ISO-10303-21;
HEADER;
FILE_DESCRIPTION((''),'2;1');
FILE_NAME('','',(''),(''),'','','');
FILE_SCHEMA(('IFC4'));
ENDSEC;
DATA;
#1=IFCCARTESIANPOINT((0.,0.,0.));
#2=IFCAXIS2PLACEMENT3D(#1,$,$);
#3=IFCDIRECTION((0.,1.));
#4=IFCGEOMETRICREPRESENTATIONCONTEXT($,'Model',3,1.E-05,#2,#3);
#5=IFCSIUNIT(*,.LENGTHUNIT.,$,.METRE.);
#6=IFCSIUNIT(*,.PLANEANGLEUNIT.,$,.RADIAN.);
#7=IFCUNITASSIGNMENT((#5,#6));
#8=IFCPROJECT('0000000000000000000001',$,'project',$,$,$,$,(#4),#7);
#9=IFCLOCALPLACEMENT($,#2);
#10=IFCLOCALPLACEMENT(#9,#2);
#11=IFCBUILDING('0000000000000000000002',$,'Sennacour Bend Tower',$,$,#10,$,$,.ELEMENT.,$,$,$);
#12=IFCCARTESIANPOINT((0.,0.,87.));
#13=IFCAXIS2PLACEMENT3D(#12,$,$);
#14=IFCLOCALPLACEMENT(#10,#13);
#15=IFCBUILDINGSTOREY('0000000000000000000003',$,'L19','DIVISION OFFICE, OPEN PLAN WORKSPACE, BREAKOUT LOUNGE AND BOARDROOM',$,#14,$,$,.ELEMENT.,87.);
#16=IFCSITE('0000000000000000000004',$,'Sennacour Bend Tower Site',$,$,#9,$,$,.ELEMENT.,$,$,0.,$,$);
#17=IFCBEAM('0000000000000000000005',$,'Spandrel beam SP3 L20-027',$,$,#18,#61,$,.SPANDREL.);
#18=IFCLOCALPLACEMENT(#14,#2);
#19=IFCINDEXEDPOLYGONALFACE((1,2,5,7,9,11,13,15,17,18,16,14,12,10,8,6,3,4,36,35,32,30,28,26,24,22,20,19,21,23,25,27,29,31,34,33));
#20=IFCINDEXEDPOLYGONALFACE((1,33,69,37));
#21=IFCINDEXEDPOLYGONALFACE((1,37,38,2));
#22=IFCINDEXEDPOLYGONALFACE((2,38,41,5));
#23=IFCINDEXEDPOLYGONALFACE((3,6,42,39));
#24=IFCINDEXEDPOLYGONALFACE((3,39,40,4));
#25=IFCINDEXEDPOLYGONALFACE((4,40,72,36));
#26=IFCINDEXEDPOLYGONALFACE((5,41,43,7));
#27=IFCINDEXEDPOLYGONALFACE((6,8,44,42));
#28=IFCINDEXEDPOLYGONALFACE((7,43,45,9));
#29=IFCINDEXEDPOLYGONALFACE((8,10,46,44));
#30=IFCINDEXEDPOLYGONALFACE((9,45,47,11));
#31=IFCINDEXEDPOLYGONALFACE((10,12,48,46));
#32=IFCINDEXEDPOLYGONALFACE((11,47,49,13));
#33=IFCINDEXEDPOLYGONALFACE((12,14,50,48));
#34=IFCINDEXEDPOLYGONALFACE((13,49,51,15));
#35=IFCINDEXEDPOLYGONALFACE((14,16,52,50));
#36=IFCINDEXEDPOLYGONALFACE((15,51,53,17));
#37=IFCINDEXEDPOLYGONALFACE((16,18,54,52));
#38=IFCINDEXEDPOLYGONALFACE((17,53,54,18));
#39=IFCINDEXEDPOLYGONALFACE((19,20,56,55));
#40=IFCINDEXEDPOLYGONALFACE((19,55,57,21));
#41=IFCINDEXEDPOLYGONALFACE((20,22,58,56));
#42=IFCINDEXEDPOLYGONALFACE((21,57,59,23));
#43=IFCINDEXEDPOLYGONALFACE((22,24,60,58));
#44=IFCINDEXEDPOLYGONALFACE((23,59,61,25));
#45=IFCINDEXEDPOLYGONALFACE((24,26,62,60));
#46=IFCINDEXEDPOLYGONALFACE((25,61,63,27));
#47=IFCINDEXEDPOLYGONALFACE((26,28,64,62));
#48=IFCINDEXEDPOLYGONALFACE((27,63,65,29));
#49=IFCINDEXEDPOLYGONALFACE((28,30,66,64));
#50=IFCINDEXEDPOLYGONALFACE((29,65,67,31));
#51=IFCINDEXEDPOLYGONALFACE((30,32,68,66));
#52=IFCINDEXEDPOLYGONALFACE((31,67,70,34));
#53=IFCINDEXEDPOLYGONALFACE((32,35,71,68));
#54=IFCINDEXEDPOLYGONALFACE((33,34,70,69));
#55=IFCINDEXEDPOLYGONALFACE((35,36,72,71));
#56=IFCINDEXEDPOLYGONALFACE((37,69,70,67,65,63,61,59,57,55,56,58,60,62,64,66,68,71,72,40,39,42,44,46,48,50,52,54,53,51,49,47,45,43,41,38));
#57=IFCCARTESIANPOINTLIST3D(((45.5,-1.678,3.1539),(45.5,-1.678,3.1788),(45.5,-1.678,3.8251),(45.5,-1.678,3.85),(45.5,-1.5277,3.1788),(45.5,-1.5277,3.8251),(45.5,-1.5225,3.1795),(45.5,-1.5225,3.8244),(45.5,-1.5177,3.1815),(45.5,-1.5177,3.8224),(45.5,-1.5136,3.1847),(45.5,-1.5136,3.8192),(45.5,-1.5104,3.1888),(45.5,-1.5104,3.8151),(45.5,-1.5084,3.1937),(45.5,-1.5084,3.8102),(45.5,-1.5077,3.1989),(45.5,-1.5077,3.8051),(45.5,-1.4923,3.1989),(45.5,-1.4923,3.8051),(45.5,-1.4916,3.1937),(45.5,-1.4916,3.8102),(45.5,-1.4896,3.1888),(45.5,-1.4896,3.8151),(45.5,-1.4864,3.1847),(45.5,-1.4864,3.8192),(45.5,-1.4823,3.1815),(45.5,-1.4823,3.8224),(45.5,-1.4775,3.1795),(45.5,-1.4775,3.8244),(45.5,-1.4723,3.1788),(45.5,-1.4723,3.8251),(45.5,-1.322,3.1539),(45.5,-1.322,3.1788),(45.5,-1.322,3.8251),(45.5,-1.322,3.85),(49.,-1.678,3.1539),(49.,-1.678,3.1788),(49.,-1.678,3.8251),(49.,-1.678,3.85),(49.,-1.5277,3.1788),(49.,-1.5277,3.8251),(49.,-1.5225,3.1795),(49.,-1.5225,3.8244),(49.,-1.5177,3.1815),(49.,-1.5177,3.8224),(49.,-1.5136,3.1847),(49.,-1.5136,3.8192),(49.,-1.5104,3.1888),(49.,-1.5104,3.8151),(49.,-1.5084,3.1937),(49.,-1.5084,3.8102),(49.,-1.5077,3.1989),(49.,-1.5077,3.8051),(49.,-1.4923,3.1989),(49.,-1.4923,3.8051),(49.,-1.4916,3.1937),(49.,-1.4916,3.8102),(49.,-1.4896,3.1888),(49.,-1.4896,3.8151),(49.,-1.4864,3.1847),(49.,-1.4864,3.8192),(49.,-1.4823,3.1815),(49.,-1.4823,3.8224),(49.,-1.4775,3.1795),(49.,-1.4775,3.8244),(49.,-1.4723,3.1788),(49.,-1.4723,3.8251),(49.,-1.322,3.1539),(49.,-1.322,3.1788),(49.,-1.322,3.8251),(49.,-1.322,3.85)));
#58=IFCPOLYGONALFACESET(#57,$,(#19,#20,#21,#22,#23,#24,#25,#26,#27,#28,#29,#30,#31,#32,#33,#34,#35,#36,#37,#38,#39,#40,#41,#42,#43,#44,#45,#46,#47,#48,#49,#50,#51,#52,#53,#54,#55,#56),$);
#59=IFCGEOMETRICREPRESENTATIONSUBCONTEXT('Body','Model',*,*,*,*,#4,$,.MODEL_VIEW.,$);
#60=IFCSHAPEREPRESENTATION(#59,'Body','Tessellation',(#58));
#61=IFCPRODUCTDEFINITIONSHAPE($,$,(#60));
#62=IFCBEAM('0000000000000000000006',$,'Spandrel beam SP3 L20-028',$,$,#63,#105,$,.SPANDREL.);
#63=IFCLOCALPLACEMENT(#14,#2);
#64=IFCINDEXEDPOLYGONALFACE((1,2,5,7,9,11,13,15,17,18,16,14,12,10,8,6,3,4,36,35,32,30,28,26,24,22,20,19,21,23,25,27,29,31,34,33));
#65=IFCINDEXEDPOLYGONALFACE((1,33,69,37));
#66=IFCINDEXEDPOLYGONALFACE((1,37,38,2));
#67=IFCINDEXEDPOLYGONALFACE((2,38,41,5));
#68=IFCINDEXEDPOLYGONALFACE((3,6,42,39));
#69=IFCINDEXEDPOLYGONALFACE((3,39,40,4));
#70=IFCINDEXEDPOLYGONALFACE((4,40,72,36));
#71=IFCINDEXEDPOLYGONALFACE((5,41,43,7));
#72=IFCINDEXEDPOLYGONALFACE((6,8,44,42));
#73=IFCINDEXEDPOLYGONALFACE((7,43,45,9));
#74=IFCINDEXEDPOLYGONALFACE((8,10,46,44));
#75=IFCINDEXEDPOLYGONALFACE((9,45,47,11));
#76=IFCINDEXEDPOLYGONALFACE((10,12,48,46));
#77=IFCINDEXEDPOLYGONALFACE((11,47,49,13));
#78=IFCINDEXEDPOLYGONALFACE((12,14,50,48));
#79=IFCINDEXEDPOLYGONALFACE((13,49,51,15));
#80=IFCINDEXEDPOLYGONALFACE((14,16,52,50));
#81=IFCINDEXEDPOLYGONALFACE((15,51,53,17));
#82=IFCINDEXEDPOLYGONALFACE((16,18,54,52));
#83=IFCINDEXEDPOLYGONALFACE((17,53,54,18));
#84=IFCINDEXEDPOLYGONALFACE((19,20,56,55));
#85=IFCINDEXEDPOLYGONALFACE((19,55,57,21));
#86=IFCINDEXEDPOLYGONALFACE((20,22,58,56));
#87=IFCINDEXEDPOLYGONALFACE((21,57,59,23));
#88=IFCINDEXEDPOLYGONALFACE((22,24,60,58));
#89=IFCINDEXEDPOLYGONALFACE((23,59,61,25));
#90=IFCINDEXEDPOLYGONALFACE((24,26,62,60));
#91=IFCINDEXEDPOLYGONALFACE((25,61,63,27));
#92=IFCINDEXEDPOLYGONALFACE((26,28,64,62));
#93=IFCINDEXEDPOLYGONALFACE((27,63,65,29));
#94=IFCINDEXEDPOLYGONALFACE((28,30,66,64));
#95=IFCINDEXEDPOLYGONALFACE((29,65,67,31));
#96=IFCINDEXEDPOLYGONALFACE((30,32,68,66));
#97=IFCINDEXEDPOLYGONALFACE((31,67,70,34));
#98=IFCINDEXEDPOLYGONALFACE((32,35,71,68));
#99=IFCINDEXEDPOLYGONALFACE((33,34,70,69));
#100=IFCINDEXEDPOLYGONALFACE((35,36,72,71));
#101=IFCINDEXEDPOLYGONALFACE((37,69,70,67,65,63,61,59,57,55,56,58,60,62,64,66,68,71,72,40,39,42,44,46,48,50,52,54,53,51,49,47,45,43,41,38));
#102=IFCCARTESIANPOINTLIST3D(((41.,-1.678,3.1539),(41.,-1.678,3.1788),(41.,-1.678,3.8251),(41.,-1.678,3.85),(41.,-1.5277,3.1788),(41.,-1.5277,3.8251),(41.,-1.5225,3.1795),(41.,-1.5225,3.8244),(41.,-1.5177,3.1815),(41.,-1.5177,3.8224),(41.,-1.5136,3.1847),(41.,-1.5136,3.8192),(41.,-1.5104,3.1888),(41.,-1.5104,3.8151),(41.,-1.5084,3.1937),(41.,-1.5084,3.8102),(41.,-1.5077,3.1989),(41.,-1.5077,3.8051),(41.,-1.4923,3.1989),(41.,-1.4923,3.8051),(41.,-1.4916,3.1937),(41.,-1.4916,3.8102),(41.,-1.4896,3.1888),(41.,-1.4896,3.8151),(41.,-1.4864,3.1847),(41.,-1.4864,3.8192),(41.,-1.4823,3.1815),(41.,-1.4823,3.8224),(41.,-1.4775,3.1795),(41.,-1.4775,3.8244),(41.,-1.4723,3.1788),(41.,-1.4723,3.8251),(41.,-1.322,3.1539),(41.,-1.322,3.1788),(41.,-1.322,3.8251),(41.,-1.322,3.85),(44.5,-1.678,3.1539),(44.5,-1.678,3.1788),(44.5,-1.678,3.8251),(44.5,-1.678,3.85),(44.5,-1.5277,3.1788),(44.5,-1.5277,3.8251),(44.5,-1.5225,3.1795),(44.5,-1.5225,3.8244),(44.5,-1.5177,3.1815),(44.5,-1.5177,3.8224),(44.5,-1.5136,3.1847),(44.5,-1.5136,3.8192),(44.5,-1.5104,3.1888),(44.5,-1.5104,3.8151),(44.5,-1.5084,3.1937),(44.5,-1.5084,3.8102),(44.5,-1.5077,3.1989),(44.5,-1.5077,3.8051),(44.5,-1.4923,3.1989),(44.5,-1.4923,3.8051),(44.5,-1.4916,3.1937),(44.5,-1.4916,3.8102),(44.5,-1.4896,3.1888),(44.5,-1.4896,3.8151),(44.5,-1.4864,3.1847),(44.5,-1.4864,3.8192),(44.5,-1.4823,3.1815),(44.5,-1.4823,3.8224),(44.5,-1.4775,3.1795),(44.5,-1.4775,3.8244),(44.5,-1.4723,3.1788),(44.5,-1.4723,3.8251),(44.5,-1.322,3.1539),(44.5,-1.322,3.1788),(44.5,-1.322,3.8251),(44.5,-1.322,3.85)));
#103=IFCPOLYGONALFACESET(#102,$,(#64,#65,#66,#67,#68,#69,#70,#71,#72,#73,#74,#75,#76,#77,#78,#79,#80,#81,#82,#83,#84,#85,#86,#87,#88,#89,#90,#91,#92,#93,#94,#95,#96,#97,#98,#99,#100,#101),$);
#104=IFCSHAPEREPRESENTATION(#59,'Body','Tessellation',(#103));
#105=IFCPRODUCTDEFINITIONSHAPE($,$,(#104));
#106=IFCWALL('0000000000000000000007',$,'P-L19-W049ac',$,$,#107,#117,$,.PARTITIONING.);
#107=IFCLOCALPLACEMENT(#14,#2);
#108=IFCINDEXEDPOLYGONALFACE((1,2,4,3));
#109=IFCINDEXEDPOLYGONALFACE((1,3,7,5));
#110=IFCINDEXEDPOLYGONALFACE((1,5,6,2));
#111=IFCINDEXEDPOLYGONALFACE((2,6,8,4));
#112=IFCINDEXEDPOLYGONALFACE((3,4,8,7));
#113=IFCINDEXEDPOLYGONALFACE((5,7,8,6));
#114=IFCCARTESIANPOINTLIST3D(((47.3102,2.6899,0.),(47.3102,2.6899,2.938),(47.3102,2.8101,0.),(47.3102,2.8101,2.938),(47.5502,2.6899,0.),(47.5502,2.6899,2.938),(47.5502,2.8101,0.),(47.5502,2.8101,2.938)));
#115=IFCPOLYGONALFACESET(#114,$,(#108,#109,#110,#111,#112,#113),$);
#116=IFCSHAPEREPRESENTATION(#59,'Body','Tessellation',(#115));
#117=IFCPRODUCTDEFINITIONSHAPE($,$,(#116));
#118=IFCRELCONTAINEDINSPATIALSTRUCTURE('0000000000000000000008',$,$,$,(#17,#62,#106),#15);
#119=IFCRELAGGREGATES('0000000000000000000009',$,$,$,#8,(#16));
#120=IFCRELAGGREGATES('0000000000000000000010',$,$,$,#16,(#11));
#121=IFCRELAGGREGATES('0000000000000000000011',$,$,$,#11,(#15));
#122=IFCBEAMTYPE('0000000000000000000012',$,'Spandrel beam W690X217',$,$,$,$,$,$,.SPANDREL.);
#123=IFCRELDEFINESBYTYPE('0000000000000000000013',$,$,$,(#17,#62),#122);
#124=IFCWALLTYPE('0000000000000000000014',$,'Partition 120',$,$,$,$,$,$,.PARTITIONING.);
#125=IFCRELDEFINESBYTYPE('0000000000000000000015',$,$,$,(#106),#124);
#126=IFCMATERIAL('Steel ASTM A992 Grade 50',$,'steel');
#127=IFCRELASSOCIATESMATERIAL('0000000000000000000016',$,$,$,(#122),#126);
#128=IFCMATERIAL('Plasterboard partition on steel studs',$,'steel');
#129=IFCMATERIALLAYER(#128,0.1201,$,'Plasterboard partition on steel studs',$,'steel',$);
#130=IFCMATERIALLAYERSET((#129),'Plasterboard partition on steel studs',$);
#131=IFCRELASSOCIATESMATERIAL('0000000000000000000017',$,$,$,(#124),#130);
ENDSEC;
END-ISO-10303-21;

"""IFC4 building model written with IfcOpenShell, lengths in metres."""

from ifc_helpers import new_model, si_unit, direction, frame, frame_2d, origin, origin_2d, place, context, subcontext, project, spatial, rectangle, i_section, extrude, material, layer, layer_set, material_profile, profile_set, type_object, element, save


model = new_model("IFC4")

# Units and contexts
model_context = context("Model", 3, precision=1e-05, world=origin(), true_north=direction((0.0, 1.0)))
body_context = subcontext(model_context, "Body", "Model", "MODEL_VIEW")
ifc_project = project(units=[si_unit("LENGTHUNIT", "METRE"), si_unit("PLANEANGLEUNIT", "RADIAN")], contexts=[model_context])

# Site, building, storey
site_placement = place(None, origin())
site = spatial("IfcSite", under=ifc_project, at=site_placement, Name="Sennacour Bend Tower Site", CompositionType="ELEMENT", RefElevation=0.0)
building_placement = place(site_placement, origin())
building = spatial("IfcBuilding", under=site, at=building_placement, Name="Sennacour Bend Tower", CompositionType="ELEMENT")
storey_placement = place(building_placement, frame((0.0, 0.0, 87.0)))
storey = spatial("IfcBuildingStorey", under=building, at=storey_placement, Name="L19", Description="DIVISION OFFICE, OPEN PLAN WORKSPACE, BREAKOUT LOUNGE AND BOARDROOM", CompositionType="ELEMENT", Elevation=87.0)

# Beams
ifc_material_1 = material(Name="Steel ASTM A992 Grade 50", Category="steel")
ifc_material_profile_1 = material_profile(ifc_material_1, i_section(OverallWidth=0.356, OverallDepth=0.696, WebThickness=0.0154, FlangeThickness=0.0249, FilletRadius=0.02, at=origin_2d()), Name="Steel ASTM A992 Grade 50", Category="steel")
ifc_profile_set_1 = profile_set([ifc_material_profile_1], Name="Steel ASTM A992 Grade 50")
beam_type_1 = type_object("IfcBeamType", Name="Spandrel beam W690X217", PredefinedType="SPANDREL", material=ifc_profile_set_1)
for number, where, z_axis, x_axis, name in (
    (1, (49.0, -1.5, 3.502), (-1.0, 0.0, 0.0), (0.0, -1.0, 0.0), "Spandrel beam SP3 L20-027"),
    (2, (44.5, -1.5, 3.502), (-1.0, 0.0, 0.0), (0.0, -1.0, 0.0), "Spandrel beam SP3 L20-028"),
):
    element("IfcBeam", number, at=place(storey_placement, frame(where, z_axis=z_axis, x_axis=x_axis)), inside=storey, type_object=beam_type_1, Name=name, PredefinedType="SPANDREL", context=body_context, shape_type="SweptSolid", body=[
        extrude(i_section(OverallWidth=0.356, OverallDepth=0.696, WebThickness=0.0154, FlangeThickness=0.0249, FilletRadius=0.02, at=origin_2d()), origin(), (0.0, 0.0, 1.0), 3.5),
    ])

# Wall
ifc_material_2 = material(Name="Plasterboard partition on steel studs", Category="steel")
ifc_layer_1 = layer(ifc_material_2, 0.1201, Name="Plasterboard partition on steel studs", Category="steel")
ifc_layer_set_1 = layer_set([ifc_layer_1], Name="Plasterboard partition on steel studs")
wall_type_1 = type_object("IfcWallType", Name="Partition 120", PredefinedType="PARTITIONING", material=ifc_layer_set_1)
wall_1_placement = place(storey_placement, frame((47.3101, 2.75, 0.0), z_axis=(0.0, 0.0, 1.0), x_axis=(1.0, 0.0, 0.0)))
element("IfcWall", 3, at=wall_1_placement, inside=storey, type_object=wall_type_1, Name="P-L19-W049ac", PredefinedType="PARTITIONING", context=body_context, shape_type="SweptSolid", body=[
    extrude(rectangle(XDim=0.24, YDim=0.1201, at=frame_2d((0.1201, 0.0))), origin(), (0.0, 0.0, 1.0), 2.938),
])

save(model, "model.ifc")
